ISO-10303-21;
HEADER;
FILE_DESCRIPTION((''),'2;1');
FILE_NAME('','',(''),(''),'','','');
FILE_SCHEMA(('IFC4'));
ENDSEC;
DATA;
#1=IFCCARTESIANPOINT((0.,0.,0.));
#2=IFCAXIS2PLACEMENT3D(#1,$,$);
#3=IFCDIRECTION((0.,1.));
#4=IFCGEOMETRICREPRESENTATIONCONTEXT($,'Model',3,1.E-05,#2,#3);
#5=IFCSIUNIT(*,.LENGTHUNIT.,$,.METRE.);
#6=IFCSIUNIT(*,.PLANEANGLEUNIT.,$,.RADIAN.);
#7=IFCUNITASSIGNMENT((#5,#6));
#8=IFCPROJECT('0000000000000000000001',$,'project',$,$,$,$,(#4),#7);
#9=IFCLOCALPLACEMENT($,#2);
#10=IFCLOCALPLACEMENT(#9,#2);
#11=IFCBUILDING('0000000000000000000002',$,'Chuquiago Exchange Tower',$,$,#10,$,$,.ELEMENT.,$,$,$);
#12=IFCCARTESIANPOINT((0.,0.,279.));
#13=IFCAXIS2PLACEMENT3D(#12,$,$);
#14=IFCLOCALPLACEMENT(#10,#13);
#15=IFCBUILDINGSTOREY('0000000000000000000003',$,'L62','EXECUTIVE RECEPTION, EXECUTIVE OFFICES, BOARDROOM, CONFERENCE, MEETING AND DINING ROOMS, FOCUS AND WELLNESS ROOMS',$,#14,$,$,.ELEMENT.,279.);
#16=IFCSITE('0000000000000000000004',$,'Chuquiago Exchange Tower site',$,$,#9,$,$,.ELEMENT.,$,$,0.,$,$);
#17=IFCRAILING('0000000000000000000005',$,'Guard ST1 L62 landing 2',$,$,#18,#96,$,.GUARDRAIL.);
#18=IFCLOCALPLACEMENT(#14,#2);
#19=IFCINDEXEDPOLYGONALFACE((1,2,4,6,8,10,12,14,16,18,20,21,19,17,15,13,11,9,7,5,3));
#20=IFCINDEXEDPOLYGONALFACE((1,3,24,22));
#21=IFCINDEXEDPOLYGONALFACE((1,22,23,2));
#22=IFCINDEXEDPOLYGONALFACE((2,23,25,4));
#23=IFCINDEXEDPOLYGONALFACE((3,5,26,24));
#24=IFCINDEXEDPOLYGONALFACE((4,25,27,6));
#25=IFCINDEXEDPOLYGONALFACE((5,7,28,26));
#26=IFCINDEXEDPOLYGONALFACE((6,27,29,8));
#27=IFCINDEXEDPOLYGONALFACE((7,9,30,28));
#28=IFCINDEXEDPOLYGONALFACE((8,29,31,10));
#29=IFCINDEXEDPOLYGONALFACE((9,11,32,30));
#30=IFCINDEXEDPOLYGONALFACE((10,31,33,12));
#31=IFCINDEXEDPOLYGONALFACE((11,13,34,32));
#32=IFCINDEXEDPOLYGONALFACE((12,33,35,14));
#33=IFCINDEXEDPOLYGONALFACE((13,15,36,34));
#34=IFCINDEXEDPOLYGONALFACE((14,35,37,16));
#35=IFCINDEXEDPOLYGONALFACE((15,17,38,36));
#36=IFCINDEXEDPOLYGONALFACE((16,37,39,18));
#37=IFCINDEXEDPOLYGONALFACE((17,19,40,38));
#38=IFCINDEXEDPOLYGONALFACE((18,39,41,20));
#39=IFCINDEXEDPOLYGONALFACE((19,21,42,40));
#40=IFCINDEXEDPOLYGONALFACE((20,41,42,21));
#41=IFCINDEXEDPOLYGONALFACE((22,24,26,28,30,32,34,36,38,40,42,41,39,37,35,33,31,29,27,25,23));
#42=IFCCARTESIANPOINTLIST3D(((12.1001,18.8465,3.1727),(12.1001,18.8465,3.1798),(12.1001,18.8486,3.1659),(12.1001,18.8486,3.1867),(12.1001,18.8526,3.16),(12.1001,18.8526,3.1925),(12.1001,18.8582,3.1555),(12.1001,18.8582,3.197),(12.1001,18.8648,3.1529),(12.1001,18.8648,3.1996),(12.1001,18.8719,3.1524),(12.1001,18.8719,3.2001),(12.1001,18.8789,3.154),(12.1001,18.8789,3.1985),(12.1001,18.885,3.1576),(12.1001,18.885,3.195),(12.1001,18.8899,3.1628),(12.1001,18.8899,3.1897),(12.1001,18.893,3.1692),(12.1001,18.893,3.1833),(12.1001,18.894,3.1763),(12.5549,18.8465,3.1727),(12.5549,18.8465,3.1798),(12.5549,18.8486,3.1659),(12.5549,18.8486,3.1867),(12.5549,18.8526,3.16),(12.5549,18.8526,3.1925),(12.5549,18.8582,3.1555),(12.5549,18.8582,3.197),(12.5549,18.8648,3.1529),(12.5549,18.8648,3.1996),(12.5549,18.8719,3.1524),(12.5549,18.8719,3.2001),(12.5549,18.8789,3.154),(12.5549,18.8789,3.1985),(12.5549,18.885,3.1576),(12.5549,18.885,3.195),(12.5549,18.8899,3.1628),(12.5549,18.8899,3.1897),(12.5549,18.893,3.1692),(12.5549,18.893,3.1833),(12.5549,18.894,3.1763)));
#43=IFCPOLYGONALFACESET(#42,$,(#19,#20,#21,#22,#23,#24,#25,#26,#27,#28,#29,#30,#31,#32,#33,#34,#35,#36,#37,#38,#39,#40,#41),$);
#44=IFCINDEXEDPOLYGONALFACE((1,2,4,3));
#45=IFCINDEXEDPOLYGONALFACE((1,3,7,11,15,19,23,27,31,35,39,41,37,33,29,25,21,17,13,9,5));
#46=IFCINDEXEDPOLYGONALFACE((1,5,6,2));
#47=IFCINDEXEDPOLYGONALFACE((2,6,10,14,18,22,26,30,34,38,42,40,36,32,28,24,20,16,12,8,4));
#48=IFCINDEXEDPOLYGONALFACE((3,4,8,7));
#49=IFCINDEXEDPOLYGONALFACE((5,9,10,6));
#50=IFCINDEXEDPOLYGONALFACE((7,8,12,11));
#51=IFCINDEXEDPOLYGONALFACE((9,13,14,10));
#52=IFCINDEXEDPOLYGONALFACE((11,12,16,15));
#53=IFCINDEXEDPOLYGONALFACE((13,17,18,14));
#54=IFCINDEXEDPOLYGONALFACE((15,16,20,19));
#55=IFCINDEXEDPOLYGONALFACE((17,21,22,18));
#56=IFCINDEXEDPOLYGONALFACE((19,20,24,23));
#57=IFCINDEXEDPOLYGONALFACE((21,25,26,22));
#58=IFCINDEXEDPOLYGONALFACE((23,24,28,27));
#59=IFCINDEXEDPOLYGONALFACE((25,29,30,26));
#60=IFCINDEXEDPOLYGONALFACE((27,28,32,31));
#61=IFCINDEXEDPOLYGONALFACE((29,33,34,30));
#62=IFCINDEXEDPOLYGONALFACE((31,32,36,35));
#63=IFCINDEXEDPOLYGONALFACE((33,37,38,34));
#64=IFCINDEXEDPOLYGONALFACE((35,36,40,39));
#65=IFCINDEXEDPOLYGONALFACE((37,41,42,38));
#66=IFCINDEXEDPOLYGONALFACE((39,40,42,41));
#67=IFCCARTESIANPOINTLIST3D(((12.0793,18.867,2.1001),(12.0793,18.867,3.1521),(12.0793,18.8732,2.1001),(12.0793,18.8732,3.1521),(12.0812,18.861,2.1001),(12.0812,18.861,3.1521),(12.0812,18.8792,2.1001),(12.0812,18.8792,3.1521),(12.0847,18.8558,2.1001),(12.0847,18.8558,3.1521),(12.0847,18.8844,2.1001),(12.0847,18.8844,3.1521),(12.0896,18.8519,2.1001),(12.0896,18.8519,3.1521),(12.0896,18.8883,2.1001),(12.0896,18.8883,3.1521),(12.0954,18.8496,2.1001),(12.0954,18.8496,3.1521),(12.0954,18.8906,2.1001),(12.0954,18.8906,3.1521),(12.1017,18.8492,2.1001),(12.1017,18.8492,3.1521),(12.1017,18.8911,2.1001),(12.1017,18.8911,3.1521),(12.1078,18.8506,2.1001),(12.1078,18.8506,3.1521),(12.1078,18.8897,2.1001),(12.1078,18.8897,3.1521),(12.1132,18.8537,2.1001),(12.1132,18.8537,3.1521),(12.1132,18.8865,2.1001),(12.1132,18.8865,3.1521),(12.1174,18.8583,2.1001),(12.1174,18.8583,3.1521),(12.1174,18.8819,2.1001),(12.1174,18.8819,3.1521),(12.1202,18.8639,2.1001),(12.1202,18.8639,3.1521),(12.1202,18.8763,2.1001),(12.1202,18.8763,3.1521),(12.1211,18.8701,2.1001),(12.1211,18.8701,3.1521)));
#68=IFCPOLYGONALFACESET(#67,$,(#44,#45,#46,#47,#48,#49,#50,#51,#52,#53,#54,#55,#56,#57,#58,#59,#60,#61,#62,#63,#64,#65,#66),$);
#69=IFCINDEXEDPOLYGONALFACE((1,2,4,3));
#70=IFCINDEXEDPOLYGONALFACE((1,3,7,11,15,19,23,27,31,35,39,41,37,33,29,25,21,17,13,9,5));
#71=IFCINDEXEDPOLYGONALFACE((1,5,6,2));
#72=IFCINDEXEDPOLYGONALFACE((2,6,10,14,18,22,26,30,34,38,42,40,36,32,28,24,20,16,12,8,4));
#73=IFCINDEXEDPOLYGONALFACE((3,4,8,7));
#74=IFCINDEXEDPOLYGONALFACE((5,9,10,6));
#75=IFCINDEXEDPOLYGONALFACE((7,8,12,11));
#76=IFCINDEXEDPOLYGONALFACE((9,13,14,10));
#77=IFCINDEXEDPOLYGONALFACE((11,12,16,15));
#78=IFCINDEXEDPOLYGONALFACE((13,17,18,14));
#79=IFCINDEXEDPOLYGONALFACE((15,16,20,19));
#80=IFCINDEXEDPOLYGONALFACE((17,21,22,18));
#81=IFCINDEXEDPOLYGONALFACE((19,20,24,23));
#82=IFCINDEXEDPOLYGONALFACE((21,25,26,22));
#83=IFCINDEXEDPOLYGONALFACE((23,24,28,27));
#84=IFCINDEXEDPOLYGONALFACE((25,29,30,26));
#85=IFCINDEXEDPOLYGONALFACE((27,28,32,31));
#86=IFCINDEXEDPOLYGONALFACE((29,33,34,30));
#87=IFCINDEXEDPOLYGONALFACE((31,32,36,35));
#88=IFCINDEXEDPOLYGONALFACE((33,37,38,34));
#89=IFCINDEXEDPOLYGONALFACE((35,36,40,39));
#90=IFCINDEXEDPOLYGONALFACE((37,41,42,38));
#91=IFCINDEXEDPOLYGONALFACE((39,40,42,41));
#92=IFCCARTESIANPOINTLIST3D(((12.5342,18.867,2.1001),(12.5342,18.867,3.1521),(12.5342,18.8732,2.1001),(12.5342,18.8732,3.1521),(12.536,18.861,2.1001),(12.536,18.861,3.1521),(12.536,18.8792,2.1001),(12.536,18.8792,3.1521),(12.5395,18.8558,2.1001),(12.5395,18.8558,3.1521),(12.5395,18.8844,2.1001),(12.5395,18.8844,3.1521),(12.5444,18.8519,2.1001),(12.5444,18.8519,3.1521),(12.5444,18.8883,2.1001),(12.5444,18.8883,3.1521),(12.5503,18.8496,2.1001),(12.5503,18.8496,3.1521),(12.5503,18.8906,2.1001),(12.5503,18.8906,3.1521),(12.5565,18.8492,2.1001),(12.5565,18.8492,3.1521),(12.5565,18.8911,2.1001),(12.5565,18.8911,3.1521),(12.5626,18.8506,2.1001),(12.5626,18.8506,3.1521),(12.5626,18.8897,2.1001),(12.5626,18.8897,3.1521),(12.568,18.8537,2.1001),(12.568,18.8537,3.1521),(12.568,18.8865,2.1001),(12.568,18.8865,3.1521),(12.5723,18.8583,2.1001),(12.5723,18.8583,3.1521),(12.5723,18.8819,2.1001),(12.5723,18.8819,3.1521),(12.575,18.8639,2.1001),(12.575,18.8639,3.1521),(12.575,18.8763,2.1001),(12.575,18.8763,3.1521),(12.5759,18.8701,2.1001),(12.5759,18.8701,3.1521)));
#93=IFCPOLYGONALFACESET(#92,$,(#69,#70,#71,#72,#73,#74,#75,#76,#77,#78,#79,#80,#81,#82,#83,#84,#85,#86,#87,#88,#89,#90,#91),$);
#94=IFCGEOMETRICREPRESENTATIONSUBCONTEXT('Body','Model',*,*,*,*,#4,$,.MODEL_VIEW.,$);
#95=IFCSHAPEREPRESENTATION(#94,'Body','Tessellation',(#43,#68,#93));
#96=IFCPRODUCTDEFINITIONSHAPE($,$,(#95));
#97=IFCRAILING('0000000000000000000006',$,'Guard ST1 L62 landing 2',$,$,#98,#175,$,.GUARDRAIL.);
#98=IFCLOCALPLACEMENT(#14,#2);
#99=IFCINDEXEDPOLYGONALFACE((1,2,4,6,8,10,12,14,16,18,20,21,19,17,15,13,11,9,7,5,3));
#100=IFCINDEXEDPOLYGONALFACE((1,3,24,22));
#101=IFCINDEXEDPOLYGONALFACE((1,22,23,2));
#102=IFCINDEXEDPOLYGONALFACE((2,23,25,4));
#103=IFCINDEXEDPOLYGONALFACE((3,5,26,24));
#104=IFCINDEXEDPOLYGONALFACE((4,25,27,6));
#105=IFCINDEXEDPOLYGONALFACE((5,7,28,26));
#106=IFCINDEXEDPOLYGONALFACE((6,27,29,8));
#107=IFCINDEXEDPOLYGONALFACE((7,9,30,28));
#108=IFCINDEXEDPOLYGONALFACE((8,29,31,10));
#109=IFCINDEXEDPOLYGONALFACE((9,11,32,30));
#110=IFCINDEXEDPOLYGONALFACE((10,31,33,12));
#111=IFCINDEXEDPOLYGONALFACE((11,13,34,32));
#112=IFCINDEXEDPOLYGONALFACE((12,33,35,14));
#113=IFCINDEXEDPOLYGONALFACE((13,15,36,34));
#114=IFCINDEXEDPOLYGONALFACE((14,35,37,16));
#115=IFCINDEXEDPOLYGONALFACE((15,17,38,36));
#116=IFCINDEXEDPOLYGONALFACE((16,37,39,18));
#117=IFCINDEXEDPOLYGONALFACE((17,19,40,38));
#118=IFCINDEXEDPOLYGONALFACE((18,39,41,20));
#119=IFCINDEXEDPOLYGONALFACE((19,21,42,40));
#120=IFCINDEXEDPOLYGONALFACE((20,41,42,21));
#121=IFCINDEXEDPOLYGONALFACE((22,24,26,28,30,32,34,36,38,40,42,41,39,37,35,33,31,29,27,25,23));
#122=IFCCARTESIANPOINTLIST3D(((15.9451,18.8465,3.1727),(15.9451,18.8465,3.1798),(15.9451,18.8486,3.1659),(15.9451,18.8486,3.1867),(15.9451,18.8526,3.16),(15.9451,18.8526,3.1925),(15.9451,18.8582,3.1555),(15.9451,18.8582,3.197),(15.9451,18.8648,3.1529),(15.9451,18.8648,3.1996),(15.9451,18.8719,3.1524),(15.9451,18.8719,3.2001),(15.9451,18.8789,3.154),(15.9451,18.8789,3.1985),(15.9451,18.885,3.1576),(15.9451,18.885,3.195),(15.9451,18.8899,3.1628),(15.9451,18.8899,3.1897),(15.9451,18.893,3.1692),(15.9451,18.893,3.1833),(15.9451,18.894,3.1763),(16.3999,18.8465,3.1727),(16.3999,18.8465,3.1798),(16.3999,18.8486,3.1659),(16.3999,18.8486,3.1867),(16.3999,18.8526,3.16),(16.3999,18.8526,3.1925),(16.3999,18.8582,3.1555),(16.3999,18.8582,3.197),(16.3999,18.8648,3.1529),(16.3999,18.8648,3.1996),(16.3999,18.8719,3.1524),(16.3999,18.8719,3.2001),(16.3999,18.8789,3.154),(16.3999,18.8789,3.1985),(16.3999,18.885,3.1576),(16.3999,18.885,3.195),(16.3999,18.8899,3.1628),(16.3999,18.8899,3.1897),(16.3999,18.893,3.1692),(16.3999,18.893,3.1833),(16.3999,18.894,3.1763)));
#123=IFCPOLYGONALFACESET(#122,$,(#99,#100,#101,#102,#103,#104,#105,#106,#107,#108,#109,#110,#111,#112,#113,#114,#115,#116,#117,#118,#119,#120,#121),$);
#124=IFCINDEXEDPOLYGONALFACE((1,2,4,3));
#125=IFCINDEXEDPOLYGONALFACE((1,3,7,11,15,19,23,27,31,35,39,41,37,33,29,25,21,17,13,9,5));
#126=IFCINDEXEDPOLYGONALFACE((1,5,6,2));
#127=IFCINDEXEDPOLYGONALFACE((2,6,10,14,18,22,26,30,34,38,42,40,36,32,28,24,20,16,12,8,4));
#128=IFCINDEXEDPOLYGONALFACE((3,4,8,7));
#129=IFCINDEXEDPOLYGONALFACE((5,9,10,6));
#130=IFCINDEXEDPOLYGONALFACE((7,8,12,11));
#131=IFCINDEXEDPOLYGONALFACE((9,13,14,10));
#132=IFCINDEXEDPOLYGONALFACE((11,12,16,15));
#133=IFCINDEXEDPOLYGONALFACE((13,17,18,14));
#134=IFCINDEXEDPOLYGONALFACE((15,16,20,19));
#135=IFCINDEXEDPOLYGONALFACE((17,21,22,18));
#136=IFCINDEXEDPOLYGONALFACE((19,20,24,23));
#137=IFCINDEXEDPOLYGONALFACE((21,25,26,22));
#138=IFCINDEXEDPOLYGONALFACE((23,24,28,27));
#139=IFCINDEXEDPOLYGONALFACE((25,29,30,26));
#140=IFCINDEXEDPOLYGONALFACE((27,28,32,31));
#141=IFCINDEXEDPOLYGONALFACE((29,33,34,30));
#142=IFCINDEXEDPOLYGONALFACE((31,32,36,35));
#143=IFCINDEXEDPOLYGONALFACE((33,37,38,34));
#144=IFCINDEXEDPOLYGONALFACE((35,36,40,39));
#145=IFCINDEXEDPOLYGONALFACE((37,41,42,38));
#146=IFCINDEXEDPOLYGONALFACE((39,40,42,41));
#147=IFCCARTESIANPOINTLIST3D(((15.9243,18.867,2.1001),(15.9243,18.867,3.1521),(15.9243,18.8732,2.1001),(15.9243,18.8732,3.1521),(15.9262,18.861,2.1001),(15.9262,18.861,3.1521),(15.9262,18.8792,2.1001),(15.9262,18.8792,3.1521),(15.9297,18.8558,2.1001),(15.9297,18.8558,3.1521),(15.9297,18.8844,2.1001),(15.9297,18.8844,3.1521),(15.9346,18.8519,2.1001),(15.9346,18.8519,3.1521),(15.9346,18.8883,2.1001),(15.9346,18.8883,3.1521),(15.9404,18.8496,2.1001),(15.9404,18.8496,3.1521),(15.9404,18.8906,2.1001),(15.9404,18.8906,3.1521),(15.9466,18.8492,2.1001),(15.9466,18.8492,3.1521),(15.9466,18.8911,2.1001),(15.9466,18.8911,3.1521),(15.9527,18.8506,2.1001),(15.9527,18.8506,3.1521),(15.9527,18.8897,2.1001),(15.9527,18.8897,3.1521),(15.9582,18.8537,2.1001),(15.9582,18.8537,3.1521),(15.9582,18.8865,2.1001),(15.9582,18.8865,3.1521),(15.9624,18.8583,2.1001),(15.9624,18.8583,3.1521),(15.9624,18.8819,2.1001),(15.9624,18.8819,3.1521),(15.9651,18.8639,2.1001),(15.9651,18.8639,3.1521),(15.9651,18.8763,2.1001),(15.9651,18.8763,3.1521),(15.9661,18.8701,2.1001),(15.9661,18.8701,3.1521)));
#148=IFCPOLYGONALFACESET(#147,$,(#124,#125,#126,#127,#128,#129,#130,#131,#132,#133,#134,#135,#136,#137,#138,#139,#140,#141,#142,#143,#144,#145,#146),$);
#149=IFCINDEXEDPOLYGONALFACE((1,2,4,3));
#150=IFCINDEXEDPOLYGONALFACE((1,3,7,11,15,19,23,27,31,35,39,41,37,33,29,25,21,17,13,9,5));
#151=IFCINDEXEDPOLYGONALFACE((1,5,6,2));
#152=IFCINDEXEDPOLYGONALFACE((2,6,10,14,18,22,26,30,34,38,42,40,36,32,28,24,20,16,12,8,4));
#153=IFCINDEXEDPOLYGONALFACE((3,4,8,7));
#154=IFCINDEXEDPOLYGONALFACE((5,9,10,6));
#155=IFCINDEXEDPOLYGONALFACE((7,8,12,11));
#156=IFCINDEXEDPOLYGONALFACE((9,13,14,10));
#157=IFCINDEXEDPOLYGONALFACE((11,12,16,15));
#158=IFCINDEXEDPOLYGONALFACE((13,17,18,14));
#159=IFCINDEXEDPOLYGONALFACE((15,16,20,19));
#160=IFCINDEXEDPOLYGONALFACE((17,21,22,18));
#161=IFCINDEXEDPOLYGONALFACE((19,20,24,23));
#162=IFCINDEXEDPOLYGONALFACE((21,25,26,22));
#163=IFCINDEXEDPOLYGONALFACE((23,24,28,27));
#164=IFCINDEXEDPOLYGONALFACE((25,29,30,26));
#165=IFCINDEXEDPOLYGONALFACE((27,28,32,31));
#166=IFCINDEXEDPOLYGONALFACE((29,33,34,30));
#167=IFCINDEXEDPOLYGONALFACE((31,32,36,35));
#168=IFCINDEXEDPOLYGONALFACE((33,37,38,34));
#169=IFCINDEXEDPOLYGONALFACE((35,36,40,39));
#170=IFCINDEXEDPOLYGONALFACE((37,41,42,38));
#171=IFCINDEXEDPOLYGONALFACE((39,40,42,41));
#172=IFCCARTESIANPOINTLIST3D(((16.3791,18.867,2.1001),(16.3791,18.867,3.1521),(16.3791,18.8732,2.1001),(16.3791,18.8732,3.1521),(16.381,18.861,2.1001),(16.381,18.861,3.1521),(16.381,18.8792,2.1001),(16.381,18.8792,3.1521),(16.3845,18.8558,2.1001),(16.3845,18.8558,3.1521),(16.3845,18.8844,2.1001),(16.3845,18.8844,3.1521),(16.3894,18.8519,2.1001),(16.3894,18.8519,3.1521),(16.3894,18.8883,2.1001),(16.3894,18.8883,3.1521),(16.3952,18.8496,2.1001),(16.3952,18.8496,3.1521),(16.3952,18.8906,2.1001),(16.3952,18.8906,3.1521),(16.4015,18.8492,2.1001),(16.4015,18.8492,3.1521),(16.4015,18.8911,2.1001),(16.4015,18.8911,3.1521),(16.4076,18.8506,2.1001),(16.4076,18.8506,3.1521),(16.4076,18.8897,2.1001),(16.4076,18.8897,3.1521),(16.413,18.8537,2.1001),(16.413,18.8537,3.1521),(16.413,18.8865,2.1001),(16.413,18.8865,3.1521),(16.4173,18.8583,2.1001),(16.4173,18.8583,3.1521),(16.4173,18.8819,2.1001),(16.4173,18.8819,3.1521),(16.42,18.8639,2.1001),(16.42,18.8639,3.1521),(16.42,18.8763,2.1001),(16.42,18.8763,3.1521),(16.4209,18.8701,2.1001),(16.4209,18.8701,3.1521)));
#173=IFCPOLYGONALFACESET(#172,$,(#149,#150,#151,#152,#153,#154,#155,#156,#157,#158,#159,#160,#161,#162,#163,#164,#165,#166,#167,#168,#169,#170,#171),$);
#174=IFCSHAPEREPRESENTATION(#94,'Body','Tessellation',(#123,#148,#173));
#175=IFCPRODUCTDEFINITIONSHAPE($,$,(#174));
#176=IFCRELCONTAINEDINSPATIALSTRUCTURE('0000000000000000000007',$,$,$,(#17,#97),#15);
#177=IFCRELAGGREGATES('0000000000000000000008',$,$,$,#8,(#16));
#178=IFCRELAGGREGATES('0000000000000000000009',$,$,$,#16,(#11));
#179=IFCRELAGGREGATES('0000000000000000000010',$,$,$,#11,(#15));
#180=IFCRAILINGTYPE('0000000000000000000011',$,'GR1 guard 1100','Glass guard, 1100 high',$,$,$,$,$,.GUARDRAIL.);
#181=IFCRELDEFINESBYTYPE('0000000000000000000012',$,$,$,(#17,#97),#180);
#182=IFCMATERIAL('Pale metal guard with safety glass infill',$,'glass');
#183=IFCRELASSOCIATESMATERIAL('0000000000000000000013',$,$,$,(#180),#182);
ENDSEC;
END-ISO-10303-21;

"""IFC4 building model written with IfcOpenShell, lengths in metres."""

from ifc_helpers import new_model, si_unit, direction, frame, origin, origin_2d, place, context, subcontext, project, spatial, circle, extrude, material, type_object, element, save


model = new_model("IFC4")

# Units and contexts
model_context = context("Model", 3, precision=1e-05, world=origin(), true_north=direction((0.0, 1.0)))
body_context = subcontext(model_context, "Body", "Model", "MODEL_VIEW")
ifc_project = project(units=[si_unit("LENGTHUNIT", "METRE"), si_unit("PLANEANGLEUNIT", "RADIAN")], contexts=[model_context])

# Site, building, storey
site_placement = place(None, origin())
site = spatial("IfcSite", under=ifc_project, at=site_placement, Name="Chuquiago Exchange Tower site", CompositionType="ELEMENT", RefElevation=0.0)
building_placement = place(site_placement, origin())
building = spatial("IfcBuilding", under=site, at=building_placement, Name="Chuquiago Exchange Tower", CompositionType="ELEMENT")
storey_placement = place(building_placement, frame((0.0, 0.0, 279.0)))
storey = spatial("IfcBuildingStorey", under=building, at=storey_placement, Name="L62", Description="EXECUTIVE RECEPTION, EXECUTIVE OFFICES, BOARDROOM, CONFERENCE, MEETING AND DINING ROOMS, FOCUS AND WELLNESS ROOMS", CompositionType="ELEMENT", Elevation=279.0)

# Railings
ifc_material_1 = material(Name="Pale metal guard with safety glass infill", Category="glass")
railing_type_1 = type_object("IfcRailingType", Name="GR1 guard 1100", Description="Glass guard, 1100 high", PredefinedType="GUARDRAIL", material=ifc_material_1)
for number, where, name in (
    (1, (12.1001, 18.8701, 2.1001), "Guard ST1 L62 landing 2"),
    (2, (15.9451, 18.8701, 2.1001), "Guard ST1 L62 landing 2"),
):
    element("IfcRailing", number, at=place(storey_placement, frame(where)), inside=storey, type_object=railing_type_1, Name=name, PredefinedType="GUARDRAIL", context=body_context, shape_type="SweptSolid", body=[
        extrude(circle(Radius=0.0239, at=origin_2d()), frame((0.0, 0.0, 1.0762), z_axis=(1.0, 0.0, 0.0), x_axis=(0.0, 1.0, 0.0)), (0.0, 0.0, 1.0), 0.4548),
        extrude(circle(Radius=0.021, at=origin_2d()), origin(), (0.0, 0.0, 1.0), 1.052),
        extrude(circle(Radius=0.021, at=origin_2d()), frame((0.4548, 0.0, 0.0)), (0.0, 0.0, 1.0), 1.052),
    ])

save(model, "model.ifc")
